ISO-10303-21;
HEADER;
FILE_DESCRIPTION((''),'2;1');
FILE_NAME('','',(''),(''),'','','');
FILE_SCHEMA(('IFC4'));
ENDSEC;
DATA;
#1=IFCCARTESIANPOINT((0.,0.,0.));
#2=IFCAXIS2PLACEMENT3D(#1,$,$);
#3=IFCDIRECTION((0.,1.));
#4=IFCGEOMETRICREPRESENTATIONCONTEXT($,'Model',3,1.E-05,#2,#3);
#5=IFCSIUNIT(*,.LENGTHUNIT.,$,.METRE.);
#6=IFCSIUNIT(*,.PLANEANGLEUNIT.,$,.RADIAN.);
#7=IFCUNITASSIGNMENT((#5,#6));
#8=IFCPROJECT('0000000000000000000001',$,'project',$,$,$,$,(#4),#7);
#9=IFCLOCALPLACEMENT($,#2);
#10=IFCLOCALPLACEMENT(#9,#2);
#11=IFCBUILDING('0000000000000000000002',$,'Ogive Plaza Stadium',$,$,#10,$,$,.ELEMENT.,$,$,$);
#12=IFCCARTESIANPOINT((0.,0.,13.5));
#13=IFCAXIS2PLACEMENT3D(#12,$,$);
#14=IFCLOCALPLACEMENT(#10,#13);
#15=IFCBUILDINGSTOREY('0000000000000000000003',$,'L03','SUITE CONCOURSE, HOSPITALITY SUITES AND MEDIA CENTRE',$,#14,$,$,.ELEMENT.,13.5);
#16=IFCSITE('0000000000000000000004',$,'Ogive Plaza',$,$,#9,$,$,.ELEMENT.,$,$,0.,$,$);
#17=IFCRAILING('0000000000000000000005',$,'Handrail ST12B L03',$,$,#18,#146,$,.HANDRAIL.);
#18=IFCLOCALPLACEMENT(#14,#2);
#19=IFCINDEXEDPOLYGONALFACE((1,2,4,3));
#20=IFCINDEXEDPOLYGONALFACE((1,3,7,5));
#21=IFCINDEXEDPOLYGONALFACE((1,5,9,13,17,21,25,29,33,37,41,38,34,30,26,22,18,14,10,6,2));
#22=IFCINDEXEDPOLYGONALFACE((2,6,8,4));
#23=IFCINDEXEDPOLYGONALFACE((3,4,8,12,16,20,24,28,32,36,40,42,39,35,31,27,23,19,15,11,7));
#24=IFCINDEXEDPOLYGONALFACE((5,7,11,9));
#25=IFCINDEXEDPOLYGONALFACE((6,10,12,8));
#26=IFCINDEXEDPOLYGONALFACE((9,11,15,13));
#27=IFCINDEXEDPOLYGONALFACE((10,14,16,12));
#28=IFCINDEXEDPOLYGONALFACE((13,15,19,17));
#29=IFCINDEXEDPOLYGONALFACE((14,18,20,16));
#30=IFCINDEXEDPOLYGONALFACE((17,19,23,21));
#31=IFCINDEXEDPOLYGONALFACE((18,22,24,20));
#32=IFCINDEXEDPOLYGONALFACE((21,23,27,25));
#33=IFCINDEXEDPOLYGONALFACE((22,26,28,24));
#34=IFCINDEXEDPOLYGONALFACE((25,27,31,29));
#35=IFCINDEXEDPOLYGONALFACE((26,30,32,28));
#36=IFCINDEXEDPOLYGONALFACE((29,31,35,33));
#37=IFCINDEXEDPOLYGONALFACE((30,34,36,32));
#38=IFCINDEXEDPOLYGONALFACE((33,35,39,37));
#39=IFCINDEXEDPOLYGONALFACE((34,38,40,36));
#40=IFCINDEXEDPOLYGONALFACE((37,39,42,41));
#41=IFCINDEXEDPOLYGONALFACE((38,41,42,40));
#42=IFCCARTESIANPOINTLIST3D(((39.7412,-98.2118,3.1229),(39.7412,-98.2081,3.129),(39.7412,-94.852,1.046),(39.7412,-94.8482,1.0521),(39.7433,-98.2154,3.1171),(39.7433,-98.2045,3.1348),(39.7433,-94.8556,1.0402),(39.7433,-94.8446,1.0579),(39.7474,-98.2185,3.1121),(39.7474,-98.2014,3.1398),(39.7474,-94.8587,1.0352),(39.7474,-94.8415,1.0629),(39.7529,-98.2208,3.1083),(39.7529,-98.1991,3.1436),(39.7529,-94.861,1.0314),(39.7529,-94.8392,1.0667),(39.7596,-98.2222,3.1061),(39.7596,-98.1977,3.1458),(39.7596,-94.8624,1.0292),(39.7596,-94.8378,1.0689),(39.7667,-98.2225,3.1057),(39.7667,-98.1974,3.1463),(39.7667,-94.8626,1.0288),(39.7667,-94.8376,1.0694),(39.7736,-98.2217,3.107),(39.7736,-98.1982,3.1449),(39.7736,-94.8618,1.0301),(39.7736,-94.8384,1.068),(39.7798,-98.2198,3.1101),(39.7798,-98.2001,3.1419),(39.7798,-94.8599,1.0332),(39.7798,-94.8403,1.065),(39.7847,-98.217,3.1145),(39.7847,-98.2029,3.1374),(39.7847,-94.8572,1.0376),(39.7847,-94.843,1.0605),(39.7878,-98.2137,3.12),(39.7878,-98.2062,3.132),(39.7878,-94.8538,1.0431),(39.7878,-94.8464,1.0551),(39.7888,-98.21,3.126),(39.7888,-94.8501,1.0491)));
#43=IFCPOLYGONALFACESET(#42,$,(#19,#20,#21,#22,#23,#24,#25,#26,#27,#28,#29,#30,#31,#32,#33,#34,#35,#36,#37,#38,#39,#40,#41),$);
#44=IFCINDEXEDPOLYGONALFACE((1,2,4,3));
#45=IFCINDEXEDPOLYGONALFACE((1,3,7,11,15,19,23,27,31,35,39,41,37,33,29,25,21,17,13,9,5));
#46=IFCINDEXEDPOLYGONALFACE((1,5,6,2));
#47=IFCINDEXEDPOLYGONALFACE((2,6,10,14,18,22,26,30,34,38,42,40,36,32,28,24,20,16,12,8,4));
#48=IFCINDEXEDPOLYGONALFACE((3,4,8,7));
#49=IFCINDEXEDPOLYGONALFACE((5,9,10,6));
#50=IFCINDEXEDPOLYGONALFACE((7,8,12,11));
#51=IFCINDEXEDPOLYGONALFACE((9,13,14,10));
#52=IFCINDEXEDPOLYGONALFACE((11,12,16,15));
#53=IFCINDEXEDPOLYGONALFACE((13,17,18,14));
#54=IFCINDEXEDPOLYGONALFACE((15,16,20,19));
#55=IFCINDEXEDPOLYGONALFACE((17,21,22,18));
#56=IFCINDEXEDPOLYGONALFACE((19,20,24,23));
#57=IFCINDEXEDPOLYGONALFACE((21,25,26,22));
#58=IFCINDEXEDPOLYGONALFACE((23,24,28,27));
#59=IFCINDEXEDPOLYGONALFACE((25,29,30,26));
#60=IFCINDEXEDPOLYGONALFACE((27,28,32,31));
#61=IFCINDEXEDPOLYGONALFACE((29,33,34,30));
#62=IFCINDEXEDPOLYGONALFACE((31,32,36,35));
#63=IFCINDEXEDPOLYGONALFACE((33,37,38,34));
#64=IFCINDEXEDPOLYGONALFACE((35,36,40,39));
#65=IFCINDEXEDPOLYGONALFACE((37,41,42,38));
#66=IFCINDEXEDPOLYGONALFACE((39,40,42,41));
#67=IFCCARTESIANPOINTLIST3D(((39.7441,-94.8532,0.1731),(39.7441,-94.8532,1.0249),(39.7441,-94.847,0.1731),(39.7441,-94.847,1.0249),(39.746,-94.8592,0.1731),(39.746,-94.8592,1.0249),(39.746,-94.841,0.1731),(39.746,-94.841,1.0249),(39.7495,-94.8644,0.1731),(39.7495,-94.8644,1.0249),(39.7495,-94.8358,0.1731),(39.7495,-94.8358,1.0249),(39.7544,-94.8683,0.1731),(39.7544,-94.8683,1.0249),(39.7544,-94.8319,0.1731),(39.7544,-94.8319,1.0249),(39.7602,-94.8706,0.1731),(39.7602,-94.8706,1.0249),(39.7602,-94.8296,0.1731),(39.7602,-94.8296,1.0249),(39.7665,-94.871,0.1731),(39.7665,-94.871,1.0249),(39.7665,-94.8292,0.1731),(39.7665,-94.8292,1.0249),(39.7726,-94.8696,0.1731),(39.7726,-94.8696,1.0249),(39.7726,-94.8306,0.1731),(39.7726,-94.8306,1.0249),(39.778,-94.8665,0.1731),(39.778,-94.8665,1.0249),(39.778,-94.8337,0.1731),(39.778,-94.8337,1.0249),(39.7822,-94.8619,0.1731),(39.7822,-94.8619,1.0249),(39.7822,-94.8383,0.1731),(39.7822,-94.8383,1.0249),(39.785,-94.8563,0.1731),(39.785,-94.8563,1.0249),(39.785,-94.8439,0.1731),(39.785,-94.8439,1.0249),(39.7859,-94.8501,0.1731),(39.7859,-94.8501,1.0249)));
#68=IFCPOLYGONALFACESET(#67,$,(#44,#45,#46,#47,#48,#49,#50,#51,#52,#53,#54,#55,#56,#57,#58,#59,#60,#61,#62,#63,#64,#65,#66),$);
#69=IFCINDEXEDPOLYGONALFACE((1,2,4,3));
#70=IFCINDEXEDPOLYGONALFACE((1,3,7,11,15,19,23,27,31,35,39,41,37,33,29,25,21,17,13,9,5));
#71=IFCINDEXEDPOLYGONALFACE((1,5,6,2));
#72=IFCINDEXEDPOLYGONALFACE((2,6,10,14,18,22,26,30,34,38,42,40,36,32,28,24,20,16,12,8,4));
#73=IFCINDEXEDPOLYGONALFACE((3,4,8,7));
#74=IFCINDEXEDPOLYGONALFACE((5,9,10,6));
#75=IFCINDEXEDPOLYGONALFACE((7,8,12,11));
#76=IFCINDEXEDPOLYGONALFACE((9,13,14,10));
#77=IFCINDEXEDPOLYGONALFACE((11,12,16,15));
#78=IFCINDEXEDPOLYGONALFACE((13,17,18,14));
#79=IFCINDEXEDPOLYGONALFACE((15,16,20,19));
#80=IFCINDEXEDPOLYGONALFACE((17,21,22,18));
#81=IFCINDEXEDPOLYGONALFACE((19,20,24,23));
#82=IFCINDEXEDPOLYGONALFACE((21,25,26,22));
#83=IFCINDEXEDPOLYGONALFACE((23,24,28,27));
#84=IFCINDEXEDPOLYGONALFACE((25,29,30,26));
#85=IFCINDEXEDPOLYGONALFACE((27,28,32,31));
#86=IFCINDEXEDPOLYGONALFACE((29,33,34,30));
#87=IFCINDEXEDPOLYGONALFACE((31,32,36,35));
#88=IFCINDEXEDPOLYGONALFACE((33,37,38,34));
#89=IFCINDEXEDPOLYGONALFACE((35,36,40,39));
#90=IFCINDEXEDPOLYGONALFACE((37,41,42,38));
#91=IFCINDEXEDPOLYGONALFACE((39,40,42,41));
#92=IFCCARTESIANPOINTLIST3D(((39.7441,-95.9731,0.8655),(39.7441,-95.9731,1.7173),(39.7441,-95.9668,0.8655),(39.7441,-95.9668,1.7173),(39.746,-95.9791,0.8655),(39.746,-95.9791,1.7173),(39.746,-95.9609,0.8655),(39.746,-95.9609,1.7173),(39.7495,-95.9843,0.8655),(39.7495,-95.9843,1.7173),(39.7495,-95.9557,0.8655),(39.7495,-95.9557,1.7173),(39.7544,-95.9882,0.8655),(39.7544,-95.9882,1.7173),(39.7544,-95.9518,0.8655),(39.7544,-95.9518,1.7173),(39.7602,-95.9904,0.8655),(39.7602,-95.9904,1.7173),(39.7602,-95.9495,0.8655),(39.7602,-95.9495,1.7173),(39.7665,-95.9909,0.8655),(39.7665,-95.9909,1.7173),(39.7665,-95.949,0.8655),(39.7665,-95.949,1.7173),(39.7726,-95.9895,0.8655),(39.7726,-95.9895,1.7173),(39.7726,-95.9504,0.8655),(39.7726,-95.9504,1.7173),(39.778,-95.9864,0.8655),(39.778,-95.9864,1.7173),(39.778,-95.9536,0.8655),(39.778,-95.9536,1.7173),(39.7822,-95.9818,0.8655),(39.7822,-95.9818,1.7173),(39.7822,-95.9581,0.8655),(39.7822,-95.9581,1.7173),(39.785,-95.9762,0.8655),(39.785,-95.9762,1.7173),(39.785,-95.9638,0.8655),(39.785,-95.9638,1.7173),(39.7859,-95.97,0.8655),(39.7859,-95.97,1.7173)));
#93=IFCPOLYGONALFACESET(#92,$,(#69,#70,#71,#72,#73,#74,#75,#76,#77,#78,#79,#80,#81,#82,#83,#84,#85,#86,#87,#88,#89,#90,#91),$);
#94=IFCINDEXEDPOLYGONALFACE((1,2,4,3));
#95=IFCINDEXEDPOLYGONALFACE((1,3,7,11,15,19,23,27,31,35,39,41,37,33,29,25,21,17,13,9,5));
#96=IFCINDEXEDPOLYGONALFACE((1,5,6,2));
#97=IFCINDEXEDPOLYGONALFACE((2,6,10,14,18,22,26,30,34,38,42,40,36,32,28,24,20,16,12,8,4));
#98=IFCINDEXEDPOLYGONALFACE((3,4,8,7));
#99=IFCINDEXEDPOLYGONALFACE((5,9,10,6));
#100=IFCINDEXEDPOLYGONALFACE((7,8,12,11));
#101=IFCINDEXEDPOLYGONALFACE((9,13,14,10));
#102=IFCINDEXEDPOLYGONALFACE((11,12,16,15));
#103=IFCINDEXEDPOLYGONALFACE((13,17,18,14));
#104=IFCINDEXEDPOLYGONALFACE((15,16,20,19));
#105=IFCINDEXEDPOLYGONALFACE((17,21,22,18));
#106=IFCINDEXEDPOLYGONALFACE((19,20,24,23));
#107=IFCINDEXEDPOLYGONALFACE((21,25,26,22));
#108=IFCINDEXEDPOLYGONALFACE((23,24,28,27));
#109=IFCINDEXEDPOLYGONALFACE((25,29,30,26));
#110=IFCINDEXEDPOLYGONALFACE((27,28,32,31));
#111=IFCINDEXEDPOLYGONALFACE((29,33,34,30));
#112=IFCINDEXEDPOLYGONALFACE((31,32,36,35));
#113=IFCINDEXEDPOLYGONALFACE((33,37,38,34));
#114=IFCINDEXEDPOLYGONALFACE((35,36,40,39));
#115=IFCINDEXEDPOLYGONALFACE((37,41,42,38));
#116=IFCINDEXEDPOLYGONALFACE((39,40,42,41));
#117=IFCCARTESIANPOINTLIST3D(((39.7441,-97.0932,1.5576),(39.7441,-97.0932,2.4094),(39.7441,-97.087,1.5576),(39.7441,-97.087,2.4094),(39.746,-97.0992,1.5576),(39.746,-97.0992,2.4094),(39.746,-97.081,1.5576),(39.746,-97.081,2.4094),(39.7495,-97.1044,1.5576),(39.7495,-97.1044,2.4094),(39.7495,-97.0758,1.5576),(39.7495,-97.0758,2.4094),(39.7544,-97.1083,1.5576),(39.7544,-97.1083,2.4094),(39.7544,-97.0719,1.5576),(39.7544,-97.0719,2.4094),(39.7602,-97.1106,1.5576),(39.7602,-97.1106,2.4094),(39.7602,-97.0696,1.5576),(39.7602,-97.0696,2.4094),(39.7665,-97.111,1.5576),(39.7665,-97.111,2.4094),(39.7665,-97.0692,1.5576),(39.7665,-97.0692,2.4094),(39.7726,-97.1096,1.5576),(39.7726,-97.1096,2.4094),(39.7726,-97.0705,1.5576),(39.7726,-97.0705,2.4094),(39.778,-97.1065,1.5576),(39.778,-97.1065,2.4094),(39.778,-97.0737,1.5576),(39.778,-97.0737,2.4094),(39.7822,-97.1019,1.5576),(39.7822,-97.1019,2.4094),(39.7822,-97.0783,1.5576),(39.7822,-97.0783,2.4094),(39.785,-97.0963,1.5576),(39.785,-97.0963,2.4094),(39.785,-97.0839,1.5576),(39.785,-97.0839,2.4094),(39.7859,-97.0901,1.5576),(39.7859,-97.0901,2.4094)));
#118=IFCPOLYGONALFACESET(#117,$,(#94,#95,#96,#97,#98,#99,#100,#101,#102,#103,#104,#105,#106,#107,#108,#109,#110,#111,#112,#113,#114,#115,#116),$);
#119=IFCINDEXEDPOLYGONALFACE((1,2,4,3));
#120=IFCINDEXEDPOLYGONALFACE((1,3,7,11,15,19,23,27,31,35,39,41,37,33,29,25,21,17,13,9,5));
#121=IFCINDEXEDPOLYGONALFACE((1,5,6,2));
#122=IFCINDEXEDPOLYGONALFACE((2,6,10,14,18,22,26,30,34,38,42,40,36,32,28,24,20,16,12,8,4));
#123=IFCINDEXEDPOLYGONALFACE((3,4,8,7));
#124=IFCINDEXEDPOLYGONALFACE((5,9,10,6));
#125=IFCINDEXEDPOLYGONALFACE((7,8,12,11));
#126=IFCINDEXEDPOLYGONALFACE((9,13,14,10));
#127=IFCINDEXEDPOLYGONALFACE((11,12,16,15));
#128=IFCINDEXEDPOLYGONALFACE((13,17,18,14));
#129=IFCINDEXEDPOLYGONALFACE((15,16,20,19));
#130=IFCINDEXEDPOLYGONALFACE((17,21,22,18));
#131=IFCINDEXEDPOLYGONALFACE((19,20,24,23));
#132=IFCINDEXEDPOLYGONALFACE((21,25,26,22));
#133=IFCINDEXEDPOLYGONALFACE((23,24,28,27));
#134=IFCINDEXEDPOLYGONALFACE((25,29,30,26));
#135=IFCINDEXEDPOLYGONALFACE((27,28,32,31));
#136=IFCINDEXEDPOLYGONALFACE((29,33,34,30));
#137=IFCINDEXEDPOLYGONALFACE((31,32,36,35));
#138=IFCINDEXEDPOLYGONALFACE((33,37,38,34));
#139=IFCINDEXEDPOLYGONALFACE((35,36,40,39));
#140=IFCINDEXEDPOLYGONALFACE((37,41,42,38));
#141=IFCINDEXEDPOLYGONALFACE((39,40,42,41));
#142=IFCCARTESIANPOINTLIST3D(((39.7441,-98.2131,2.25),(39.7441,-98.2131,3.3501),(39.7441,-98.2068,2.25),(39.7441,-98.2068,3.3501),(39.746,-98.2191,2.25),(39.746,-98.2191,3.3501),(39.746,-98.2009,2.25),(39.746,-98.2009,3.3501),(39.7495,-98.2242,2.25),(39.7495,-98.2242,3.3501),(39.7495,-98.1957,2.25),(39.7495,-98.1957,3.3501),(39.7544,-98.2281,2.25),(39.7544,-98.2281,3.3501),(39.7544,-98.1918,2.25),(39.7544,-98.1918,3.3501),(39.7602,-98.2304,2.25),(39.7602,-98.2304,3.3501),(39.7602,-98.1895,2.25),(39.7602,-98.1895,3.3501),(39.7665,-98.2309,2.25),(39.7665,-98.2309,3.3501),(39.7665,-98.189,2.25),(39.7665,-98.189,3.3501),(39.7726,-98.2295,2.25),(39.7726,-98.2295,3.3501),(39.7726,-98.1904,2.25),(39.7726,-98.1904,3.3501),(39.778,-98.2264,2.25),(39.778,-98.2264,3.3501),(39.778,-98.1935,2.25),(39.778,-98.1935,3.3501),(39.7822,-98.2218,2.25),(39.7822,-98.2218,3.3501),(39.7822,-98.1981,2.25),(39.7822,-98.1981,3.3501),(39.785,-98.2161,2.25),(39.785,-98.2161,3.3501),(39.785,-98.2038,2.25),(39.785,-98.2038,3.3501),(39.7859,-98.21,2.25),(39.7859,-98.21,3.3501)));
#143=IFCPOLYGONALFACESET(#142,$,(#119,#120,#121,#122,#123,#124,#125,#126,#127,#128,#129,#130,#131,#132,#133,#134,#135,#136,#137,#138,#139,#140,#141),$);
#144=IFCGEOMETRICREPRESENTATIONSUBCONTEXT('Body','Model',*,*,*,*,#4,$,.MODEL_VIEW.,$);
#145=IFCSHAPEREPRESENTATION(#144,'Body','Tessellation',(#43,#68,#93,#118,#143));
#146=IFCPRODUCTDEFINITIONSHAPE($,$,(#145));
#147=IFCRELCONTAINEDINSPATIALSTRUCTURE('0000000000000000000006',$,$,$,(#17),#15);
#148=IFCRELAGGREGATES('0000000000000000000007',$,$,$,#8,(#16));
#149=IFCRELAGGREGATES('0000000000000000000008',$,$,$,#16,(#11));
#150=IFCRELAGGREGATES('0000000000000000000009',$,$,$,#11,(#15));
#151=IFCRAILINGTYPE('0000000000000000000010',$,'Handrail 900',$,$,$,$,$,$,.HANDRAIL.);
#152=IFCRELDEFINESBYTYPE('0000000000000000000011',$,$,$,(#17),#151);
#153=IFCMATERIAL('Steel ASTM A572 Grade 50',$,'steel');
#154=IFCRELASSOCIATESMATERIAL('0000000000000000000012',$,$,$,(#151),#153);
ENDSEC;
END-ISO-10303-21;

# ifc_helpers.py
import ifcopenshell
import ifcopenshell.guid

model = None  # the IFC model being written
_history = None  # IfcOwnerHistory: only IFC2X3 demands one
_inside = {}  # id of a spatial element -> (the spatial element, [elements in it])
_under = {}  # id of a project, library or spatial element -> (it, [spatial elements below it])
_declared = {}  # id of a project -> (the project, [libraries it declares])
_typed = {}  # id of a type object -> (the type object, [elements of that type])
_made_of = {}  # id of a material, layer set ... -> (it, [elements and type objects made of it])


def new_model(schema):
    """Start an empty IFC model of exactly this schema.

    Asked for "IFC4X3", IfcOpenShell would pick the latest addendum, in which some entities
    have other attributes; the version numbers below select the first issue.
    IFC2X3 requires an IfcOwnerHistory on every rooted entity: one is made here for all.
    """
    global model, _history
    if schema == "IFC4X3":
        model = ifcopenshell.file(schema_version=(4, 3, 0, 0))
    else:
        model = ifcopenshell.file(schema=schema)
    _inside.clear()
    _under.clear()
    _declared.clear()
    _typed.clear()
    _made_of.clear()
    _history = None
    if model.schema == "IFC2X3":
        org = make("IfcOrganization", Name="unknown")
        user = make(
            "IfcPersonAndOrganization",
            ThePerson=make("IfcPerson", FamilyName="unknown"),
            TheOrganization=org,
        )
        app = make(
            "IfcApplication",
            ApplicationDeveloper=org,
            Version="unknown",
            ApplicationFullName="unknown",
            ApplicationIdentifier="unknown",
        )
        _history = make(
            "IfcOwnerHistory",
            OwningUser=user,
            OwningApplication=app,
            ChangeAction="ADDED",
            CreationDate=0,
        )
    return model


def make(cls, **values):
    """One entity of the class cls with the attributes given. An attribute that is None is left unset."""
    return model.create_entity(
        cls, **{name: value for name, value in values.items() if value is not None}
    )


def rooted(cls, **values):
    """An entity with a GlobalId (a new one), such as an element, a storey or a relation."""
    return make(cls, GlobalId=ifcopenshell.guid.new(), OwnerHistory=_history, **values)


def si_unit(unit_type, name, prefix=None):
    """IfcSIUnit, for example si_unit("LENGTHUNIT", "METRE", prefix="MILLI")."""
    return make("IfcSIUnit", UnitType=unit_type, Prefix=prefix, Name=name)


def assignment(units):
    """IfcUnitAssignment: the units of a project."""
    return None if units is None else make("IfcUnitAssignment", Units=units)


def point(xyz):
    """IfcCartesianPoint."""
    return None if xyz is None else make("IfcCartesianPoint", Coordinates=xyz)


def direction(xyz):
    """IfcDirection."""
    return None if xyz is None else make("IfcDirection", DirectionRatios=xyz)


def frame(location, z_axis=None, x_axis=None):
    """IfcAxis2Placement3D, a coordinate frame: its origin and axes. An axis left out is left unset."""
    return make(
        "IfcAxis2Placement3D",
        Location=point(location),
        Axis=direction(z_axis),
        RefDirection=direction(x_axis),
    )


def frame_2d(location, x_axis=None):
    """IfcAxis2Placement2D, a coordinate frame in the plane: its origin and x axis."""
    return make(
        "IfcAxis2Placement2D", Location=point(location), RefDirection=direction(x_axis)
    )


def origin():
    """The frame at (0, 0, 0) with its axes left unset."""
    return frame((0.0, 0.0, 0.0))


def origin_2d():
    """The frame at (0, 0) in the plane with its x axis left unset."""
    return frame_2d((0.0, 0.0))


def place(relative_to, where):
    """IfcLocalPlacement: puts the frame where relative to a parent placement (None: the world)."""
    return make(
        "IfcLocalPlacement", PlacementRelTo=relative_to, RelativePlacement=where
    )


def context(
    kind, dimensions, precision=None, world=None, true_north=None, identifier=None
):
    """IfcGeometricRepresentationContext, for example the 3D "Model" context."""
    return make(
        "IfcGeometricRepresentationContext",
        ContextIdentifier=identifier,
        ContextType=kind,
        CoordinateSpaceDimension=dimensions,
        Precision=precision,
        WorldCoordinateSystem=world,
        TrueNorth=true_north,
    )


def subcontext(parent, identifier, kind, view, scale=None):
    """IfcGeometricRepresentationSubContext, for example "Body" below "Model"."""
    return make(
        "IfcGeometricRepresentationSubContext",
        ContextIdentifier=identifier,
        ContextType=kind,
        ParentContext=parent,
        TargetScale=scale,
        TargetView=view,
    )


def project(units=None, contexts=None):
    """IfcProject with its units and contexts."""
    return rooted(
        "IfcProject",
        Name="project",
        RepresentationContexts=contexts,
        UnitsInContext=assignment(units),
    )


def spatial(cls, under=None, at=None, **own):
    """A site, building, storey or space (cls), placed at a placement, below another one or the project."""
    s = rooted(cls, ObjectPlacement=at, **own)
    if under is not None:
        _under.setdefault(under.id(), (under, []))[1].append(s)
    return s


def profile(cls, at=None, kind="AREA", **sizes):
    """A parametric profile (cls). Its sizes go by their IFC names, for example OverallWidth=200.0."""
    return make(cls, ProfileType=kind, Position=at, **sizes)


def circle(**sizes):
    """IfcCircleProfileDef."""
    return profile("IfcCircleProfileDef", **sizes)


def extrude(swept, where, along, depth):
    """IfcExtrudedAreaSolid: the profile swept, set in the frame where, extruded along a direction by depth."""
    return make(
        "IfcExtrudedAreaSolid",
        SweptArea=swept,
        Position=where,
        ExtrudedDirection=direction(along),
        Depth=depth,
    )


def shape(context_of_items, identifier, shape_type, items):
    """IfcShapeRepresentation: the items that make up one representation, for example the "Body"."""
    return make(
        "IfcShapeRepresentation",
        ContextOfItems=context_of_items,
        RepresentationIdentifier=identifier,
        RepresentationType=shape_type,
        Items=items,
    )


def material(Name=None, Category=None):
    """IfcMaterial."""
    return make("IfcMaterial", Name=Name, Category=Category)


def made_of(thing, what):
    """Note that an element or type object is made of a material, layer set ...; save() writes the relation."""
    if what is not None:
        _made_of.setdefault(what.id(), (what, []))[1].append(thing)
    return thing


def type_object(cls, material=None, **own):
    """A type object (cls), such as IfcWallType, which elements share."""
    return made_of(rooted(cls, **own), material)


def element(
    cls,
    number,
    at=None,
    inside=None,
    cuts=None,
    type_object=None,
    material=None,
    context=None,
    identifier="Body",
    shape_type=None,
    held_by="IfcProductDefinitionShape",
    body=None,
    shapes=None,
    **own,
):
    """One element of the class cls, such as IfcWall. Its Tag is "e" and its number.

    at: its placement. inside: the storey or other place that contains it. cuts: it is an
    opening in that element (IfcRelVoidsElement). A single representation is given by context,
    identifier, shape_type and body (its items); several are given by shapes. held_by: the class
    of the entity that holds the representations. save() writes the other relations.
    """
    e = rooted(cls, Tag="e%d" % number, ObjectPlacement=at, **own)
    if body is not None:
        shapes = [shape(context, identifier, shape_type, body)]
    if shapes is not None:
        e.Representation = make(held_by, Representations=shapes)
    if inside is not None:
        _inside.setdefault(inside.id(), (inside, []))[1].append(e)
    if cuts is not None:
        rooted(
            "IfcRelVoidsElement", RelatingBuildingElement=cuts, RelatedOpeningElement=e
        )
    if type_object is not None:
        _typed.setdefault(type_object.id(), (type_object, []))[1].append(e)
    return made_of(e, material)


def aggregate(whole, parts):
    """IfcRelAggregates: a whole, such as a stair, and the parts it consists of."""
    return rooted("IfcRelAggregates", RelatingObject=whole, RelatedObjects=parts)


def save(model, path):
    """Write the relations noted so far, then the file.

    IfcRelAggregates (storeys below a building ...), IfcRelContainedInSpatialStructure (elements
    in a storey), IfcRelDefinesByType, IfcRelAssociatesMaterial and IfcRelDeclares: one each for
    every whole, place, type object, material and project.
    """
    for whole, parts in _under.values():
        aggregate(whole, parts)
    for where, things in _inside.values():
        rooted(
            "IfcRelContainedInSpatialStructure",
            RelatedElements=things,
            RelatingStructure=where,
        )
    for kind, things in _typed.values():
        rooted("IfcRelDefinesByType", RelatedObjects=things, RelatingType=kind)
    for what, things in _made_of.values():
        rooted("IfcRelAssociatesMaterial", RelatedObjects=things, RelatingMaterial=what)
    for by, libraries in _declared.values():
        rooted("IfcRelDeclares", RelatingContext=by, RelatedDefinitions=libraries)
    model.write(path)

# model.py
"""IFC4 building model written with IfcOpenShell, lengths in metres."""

from ifc_helpers import new_model, si_unit, direction, frame, origin, origin_2d, place, context, subcontext, project, spatial, circle, extrude, material, type_object, element, save


model = new_model("IFC4")

# Units and contexts
model_context = context("Model", 3, precision=1e-05, world=origin(), true_north=direction((0.0, 1.0)))
body_context = subcontext(model_context, "Body", "Model", "MODEL_VIEW")
ifc_project = project(units=[si_unit("LENGTHUNIT", "METRE"), si_unit("PLANEANGLEUNIT", "RADIAN")], contexts=[model_context])

# Site, building, storey
site_placement = place(None, origin())
site = spatial("IfcSite", under=ifc_project, at=site_placement, Name="Ogive Plaza", CompositionType="ELEMENT", RefElevation=0.0)
building_placement = place(site_placement, origin())
building = spatial("IfcBuilding", under=site, at=building_placement, Name="Ogive Plaza Stadium", CompositionType="ELEMENT")
storey_placement = place(building_placement, frame((0.0, 0.0, 13.5)))
storey = spatial("IfcBuildingStorey", under=building, at=storey_placement, Name="L03", Description="SUITE CONCOURSE, HOSPITALITY SUITES AND MEDIA CENTRE", CompositionType="ELEMENT", Elevation=13.5)

# Railing
ifc_material_1 = material(Name="Steel ASTM A572 Grade 50", Category="steel")
railing_type_1 = type_object("IfcRailingType", Name="Handrail 900", PredefinedType="HANDRAIL", material=ifc_material_1)
for number, where, name in (
    (1, (39.7649, -94.8501, 0.1731), "Handrail ST12B L03"),
):
    element("IfcRailing", number, at=place(storey_placement, frame(where)), inside=storey, type_object=railing_type_1, Name=name, PredefinedType="HANDRAIL", context=body_context, shape_type="SweptSolid", body=[
        extrude(circle(Radius=0.0239, at=origin_2d()), frame((0.0, 0.0, 0.876), z_axis=(0.0, -0.850606, 0.525803), x_axis=(1.0, 0.0, 0.0)), (0.0, 0.0, 1.0), 3.95),
        extrude(circle(Radius=0.021, at=origin_2d()), origin(), (0.0, 0.0, 1.0), 0.8518),
        extrude(circle(Radius=0.021, at=origin_2d()), frame((0.0, -1.1199, 0.6924)), (0.0, 0.0, 1.0), 0.8518),
        extrude(circle(Radius=0.021, at=origin_2d()), frame((0.0, -2.24, 1.3845)), (0.0, 0.0, 1.0), 0.8518),
        extrude(circle(Radius=0.021, at=origin_2d()), frame((0.0, -3.3599, 2.0769)), (0.0, 0.0, 1.0), 1.1001),
    ])

save(model, "model.ifc")
